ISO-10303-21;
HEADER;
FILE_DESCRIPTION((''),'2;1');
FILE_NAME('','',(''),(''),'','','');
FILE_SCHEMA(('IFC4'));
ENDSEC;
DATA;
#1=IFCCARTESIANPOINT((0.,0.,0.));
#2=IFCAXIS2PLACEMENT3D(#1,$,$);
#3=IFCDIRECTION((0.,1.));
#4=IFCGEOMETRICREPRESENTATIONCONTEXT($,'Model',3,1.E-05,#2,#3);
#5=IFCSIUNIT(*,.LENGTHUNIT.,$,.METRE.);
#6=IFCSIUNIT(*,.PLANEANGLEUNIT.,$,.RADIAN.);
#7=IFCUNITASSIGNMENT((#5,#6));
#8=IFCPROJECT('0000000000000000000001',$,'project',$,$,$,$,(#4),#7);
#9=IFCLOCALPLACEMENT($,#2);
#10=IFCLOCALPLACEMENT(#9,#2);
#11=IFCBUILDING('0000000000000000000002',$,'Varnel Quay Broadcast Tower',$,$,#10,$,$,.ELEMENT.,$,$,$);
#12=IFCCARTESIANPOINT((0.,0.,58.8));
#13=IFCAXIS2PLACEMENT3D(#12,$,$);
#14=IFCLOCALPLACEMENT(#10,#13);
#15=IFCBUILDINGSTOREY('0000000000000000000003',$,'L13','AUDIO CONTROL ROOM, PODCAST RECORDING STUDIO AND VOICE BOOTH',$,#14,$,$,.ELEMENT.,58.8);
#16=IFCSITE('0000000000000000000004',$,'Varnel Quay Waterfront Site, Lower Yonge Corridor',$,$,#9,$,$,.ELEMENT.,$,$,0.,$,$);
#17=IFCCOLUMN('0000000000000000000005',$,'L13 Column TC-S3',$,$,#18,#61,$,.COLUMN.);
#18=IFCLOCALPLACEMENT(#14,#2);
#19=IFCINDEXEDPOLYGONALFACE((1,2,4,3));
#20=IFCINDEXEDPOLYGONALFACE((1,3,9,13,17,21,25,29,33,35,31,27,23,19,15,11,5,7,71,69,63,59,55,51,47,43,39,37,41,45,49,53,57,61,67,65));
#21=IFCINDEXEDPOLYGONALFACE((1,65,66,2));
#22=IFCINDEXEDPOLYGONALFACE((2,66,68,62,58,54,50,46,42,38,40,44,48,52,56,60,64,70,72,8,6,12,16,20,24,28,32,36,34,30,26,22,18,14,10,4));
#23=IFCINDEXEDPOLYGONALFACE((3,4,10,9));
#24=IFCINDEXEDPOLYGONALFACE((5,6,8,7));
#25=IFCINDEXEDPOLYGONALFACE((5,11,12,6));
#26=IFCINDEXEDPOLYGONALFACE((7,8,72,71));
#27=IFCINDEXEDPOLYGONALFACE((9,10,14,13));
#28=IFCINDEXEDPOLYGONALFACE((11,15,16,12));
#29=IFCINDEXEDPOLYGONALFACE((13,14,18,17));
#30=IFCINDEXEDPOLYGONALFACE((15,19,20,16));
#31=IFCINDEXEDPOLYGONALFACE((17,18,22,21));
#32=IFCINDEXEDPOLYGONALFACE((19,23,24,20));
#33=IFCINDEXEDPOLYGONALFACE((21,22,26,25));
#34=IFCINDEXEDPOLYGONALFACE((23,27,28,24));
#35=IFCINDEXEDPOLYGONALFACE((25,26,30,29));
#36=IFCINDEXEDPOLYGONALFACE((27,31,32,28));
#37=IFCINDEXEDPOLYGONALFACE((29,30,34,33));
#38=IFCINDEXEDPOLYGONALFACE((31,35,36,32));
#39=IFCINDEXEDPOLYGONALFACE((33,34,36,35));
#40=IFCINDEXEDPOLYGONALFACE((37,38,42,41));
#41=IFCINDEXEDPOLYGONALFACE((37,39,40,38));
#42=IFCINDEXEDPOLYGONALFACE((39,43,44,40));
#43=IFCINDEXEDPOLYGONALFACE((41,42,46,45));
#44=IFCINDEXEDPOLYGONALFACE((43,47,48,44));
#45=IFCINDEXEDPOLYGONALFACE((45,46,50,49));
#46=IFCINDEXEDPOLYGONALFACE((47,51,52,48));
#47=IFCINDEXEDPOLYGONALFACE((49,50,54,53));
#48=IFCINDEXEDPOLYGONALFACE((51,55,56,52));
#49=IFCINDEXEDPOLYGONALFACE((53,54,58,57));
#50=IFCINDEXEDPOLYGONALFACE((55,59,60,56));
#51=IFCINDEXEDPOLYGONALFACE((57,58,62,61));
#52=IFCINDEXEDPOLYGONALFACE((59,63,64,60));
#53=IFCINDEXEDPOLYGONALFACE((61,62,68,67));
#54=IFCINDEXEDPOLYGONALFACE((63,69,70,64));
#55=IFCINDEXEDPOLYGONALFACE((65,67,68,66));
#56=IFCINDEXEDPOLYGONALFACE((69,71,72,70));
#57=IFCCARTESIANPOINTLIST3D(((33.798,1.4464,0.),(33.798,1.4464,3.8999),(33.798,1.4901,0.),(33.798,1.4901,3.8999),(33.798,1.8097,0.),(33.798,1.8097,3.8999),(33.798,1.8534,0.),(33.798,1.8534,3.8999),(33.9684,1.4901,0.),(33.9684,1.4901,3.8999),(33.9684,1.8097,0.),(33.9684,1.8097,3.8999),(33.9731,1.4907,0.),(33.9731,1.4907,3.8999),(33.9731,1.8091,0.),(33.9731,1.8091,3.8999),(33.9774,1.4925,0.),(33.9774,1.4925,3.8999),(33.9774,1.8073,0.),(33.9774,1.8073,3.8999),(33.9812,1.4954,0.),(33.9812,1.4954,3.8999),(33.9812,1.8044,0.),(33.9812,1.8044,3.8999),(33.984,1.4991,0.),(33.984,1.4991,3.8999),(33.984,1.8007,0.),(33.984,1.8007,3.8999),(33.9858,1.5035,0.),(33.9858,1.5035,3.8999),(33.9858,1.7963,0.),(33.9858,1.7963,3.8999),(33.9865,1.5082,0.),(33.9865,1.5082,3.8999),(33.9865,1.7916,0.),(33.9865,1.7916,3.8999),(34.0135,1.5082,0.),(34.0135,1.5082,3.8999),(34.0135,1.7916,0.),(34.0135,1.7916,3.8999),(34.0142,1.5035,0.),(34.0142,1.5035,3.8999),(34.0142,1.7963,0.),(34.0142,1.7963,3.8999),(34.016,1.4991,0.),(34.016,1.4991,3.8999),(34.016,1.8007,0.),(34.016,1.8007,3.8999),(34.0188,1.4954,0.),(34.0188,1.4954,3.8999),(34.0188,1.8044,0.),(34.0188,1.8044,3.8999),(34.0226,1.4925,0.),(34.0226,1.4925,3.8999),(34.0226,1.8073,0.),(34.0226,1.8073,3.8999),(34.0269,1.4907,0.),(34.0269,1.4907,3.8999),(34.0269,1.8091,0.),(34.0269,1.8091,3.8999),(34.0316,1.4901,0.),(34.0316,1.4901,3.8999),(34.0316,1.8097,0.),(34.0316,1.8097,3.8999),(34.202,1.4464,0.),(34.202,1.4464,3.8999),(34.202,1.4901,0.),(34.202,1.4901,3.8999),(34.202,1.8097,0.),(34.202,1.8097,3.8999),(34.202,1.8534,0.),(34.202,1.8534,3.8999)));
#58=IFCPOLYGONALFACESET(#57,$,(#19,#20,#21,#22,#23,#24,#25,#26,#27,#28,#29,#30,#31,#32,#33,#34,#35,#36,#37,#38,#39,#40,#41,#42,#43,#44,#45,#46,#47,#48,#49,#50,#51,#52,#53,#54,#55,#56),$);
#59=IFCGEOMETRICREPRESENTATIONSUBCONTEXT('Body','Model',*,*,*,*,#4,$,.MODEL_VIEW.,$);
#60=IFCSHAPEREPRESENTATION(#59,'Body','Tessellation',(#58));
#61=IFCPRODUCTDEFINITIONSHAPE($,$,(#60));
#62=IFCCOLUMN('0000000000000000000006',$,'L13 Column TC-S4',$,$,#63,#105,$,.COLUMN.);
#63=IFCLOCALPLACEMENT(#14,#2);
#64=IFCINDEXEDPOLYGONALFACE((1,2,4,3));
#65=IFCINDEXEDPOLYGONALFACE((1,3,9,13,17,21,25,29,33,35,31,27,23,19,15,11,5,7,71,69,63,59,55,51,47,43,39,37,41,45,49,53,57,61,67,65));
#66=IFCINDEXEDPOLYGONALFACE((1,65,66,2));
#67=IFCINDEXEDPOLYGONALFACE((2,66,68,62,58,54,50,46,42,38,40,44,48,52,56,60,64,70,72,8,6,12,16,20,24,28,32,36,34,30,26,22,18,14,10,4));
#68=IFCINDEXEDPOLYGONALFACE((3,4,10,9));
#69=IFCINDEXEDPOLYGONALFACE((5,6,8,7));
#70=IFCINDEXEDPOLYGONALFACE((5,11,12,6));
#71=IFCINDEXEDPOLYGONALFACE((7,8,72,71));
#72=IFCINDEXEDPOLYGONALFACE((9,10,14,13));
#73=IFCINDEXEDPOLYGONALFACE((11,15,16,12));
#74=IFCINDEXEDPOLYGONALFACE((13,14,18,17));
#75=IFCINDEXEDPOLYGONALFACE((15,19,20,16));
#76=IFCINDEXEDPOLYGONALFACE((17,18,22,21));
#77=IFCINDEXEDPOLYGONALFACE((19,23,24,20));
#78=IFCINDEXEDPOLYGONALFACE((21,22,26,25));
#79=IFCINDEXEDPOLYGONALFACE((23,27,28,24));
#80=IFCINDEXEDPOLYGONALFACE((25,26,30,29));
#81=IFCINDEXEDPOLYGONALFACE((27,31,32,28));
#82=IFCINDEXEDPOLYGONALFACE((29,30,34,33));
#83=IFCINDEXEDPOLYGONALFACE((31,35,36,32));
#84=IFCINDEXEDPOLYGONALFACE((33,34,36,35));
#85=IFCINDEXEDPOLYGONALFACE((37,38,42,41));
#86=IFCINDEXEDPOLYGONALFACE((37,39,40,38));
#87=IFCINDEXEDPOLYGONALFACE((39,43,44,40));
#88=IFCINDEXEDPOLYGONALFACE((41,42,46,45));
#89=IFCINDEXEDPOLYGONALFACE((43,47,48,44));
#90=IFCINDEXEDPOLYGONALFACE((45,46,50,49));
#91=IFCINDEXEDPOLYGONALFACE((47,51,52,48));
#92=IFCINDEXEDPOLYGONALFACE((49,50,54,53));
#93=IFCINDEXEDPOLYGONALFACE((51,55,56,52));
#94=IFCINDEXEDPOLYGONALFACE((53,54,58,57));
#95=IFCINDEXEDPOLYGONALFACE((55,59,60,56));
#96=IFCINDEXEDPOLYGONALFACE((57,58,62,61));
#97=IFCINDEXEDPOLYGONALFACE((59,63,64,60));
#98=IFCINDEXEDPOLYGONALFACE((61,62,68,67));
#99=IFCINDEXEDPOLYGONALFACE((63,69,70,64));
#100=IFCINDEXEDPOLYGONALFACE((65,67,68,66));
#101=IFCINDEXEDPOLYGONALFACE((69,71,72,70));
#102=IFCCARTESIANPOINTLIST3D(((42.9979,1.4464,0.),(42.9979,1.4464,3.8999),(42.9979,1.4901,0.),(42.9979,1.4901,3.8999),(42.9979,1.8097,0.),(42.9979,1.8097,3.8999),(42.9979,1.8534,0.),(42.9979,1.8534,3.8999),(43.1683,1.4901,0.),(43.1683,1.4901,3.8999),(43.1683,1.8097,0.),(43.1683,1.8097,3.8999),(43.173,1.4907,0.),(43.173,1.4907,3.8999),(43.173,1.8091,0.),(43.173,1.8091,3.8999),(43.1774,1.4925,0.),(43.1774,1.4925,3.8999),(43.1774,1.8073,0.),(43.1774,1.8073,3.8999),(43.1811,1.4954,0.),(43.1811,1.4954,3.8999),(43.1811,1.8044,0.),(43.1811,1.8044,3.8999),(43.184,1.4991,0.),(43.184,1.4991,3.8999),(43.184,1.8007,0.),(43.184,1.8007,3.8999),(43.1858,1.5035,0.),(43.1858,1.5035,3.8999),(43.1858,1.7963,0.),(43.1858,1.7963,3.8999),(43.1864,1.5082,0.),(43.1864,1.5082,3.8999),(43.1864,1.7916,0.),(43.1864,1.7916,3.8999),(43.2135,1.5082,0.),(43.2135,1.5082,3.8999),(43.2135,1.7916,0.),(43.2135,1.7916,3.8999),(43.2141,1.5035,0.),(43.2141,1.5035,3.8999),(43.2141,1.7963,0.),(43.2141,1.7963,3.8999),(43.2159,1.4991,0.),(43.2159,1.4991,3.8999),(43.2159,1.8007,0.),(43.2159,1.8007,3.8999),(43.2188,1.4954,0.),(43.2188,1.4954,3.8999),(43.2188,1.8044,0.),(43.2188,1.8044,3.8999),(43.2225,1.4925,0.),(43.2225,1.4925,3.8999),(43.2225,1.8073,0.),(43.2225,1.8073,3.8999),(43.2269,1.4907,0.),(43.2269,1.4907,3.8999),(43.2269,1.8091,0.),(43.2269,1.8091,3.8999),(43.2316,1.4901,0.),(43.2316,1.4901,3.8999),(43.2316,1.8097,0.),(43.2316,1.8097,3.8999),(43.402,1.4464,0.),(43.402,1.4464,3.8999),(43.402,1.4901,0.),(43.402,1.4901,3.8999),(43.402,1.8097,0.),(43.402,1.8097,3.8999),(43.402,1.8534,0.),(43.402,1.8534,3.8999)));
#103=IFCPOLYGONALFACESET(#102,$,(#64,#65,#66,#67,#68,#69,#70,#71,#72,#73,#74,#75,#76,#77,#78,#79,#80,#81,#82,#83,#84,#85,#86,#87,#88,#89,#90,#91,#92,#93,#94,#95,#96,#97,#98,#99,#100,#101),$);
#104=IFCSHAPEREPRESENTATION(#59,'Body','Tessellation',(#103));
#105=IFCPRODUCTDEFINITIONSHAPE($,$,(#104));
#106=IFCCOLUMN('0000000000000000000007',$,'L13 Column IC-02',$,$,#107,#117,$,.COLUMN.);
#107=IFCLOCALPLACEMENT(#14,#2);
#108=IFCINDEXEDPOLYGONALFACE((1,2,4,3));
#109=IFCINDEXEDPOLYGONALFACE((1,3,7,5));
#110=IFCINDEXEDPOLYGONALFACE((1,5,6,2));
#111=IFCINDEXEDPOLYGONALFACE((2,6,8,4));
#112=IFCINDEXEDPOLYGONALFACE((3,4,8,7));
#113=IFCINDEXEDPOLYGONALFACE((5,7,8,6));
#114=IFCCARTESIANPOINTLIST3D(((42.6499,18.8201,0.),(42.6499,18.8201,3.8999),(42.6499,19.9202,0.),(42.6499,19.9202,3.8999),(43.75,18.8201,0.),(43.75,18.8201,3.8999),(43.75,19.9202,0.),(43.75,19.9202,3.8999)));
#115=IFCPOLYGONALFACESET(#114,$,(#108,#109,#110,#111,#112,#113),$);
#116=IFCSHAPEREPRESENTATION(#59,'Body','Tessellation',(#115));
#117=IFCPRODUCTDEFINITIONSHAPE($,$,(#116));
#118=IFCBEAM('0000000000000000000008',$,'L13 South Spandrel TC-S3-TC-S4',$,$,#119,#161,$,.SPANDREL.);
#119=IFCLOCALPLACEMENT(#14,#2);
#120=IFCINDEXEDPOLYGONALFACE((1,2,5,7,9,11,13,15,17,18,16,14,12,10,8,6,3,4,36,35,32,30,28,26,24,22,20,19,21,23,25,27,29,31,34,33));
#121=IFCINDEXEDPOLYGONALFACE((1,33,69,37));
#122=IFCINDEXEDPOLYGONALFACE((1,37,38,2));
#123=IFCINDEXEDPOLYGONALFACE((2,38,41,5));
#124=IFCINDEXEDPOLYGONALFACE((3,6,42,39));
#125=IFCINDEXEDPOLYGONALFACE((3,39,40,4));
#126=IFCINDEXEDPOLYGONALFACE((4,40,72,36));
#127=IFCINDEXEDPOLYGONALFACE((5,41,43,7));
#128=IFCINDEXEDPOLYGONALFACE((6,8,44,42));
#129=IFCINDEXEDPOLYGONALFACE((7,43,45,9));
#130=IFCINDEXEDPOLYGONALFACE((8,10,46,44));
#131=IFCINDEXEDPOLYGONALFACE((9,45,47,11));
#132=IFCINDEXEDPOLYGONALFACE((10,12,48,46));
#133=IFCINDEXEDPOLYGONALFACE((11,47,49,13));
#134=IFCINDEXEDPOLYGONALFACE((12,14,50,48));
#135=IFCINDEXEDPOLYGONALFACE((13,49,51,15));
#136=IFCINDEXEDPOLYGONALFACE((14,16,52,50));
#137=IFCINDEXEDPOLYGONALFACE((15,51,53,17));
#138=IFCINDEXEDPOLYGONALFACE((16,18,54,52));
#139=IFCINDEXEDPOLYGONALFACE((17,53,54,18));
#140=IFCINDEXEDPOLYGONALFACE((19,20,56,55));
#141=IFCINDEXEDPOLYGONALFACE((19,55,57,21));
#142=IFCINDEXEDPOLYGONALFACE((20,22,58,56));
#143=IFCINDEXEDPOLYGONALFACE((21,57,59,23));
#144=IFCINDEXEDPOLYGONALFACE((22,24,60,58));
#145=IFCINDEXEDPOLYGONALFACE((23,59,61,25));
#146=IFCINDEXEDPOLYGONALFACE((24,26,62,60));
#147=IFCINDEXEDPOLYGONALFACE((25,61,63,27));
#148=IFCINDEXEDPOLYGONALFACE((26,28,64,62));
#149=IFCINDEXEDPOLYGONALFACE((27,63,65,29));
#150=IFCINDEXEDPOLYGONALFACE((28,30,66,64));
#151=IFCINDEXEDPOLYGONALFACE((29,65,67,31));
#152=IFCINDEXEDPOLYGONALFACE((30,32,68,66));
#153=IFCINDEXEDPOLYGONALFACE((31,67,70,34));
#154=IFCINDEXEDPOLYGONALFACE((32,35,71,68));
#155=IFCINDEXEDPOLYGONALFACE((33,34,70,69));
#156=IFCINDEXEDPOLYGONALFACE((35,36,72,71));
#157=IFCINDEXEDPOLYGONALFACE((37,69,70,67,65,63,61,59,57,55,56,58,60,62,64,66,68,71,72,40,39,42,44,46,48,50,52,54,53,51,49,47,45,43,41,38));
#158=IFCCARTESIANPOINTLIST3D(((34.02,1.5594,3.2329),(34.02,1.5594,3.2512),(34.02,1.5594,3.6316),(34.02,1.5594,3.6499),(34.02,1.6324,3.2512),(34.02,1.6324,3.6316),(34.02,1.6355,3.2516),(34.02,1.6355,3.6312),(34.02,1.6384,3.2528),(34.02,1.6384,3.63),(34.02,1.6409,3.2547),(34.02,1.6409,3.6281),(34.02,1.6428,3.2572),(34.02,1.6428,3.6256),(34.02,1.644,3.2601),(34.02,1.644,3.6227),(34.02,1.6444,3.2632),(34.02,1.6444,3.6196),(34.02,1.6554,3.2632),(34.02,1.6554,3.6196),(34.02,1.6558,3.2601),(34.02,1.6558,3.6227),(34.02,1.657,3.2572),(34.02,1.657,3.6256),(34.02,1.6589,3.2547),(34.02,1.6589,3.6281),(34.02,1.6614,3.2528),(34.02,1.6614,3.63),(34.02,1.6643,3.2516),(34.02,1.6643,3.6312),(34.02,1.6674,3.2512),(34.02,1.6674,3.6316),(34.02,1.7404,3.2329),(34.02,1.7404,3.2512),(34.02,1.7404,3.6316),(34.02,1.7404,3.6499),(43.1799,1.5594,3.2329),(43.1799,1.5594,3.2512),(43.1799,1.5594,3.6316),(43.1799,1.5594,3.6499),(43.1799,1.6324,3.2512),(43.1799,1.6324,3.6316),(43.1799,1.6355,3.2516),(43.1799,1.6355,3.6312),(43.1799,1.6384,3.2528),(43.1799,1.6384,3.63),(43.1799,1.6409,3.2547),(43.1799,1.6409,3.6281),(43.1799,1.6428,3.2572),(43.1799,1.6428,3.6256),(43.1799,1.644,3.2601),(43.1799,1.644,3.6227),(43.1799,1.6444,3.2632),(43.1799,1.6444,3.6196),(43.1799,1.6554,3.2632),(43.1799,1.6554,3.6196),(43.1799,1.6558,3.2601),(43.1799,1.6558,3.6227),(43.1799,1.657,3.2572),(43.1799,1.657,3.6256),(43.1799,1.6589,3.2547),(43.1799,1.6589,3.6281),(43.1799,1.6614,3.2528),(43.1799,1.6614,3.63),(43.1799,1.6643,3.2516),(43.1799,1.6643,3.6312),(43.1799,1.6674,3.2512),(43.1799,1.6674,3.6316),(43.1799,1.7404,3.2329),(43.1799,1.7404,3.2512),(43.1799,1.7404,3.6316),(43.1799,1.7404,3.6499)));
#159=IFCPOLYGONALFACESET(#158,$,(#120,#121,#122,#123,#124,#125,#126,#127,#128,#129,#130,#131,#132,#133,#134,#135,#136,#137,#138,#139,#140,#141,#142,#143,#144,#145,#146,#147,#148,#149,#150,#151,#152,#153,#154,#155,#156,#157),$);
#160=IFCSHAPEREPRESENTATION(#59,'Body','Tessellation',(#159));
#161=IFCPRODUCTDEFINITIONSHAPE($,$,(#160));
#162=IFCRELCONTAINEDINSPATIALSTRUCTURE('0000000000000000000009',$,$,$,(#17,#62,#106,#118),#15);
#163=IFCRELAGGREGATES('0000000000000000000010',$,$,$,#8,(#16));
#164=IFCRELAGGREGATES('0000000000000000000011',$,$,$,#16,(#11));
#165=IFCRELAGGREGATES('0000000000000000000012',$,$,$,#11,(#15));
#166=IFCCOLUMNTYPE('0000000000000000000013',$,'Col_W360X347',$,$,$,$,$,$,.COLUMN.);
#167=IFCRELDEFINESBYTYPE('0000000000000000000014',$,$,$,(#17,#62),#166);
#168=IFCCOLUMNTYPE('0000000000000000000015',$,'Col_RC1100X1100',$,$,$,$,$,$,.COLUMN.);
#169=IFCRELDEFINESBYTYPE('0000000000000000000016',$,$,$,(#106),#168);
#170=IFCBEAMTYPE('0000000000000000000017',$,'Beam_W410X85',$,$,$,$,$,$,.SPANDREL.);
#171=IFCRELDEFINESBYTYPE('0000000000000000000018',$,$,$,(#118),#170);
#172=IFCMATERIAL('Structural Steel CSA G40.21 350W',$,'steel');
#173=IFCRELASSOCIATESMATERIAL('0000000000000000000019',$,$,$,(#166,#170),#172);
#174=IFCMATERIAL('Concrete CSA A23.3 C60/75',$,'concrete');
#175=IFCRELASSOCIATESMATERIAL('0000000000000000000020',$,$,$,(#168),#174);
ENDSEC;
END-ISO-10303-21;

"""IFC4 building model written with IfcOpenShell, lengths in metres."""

from ifc_helpers import new_model, si_unit, direction, frame, origin, origin_2d, place, context, subcontext, project, spatial, rectangle, i_section, extrude, source, transform, mapped, material, material_profile, profile_set, type_object, type_shapes, element, save


model = new_model("IFC4")

# Units and contexts
model_context = context("Model", 3, precision=1e-05, world=origin(), true_north=direction((0.0, 1.0)))
body_context = subcontext(model_context, "Body", "Model", "MODEL_VIEW")
ifc_project = project(units=[si_unit("LENGTHUNIT", "METRE"), si_unit("PLANEANGLEUNIT", "RADIAN")], contexts=[model_context])

# Site, building, storey
site_placement = place(None, origin())
site = spatial("IfcSite", under=ifc_project, at=site_placement, Name="Varnel Quay Waterfront Site, Lower Yonge Corridor", CompositionType="ELEMENT", RefElevation=0.0)
building_placement = place(site_placement, origin())
building = spatial("IfcBuilding", under=site, at=building_placement, Name="Varnel Quay Broadcast Tower", CompositionType="ELEMENT")
storey_placement = place(building_placement, frame((0.0, 0.0, 58.8)))
storey = spatial("IfcBuildingStorey", under=building, at=storey_placement, Name="L13", Description="AUDIO CONTROL ROOM, PODCAST RECORDING STUDIO AND VOICE BOOTH", CompositionType="ELEMENT", Elevation=58.8)

# Columns
ifc_material_1 = material(Name="Structural Steel CSA G40.21 350W", Category="steel")
ifc_material_profile_1 = material_profile(ifc_material_1, i_section(OverallWidth=0.4041, OverallDepth=0.407, WebThickness=0.0271, FlangeThickness=0.0437, FilletRadius=0.0181, at=origin_2d()), Name="W360X347")
ifc_profile_set_1 = profile_set([ifc_material_profile_1], Name="Structural Steel CSA G40.21 350W")
column_type_1 = type_object("IfcColumnType", Name="Col_W360X347", PredefinedType="COLUMN", material=ifc_profile_set_1)
shared_shape_1 = source(origin(), body_context, "Body", "SweptSolid", [
    extrude(i_section(OverallWidth=0.4041, OverallDepth=0.407, WebThickness=0.0271, FlangeThickness=0.0437, FilletRadius=0.0181, at=origin_2d()), origin(), (0.0, 0.0, 1.0), 3.8999),
])
type_shapes(column_type_1, [shared_shape_1])
for number, where, z_axis, x_axis, name in (
    (1, (34.0, 1.6499, 0.0), (0.0, 0.0, 1.0), (1.0, 0.0, 0.0), "L13 Column TC-S3"),
    (2, (43.2, 1.6499, 0.0), (0.0, 0.0, 1.0), (1.0, 0.0, 0.0), "L13 Column TC-S4"),
):
    element("IfcColumn", number, at=place(storey_placement, frame(where, z_axis=z_axis, x_axis=x_axis)), inside=storey, type_object=column_type_1, Name=name, PredefinedType="COLUMN", context=body_context, shape_type="MappedRepresentation", body=[
        mapped(shared_shape_1, transform((0.0, 0.0, 0.0), x_axis=(1.0, 0.0, 0.0), y_axis=(0.0, 1.0, 0.0), z_axis=(0.0, 0.0, 1.0), scale=1.0)),
    ])
ifc_material_2 = material(Name="Concrete CSA A23.3 C60/75", Category="concrete")
ifc_material_profile_2 = material_profile(ifc_material_2, rectangle(XDim=1.1001, YDim=1.1001, at=origin_2d()), Name="RC1100X1100")
ifc_profile_set_2 = profile_set([ifc_material_profile_2], Name="Concrete CSA A23.3 C60/75")
column_type_2 = type_object("IfcColumnType", Name="Col_RC1100X1100", PredefinedType="COLUMN", material=ifc_profile_set_2)
shared_shape_2 = source(origin(), body_context, "Body", "SweptSolid", [
    extrude(rectangle(XDim=1.1001, YDim=1.1001, at=origin_2d()), origin(), (0.0, 0.0, 1.0), 3.8999),
])
type_shapes(column_type_2, [shared_shape_2])
column_placement = place(storey_placement, frame((43.2, 19.3701, 0.0), z_axis=(0.0, 0.0, 1.0), x_axis=(1.0, 0.0, 0.0)))
element("IfcColumn", 3, at=column_placement, inside=storey, type_object=column_type_2, Name="L13 Column IC-02", PredefinedType="COLUMN", context=body_context, shape_type="MappedRepresentation", body=[
    mapped(shared_shape_2, transform((0.0, 0.0, 0.0), x_axis=(1.0, 0.0, 0.0), y_axis=(0.0, 1.0, 0.0), z_axis=(0.0, 0.0, 1.0), scale=1.0)),
])

# Beam
ifc_material_profile_3 = material_profile(ifc_material_1, i_section(OverallWidth=0.1809, OverallDepth=0.417, WebThickness=0.011, FlangeThickness=0.0183, FilletRadius=0.012, at=origin_2d()), Name="W410X85")
ifc_profile_set_3 = profile_set([ifc_material_profile_3], Name="Structural Steel CSA G40.21 350W")
beam_type_1 = type_object("IfcBeamType", Name="Beam_W410X85", PredefinedType="SPANDREL", material=ifc_profile_set_3)
shared_shape_3 = source(origin(), body_context, "Body", "SweptSolid", [
    extrude(i_section(OverallWidth=0.1809, OverallDepth=0.417, WebThickness=0.011, FlangeThickness=0.0183, FilletRadius=0.012, at=origin_2d()), origin(), (0.0, 0.0, 1.0), 9.1599),
])
type_shapes(beam_type_1, [shared_shape_3])
for number, where, z_axis, x_axis, name in (
    (4, (34.02, 1.6499, 3.4414), (1.0, 0.0, 0.0), (0.0, 1.0, 0.0), "L13 South Spandrel TC-S3-TC-S4"),
):
    element("IfcBeam", number, at=place(storey_placement, frame(where, z_axis=z_axis, x_axis=x_axis)), inside=storey, type_object=beam_type_1, Name=name, PredefinedType="SPANDREL", context=body_context, shape_type="MappedRepresentation", body=[
        mapped(shared_shape_3, transform((0.0, 0.0, 0.0), x_axis=(1.0, 0.0, 0.0), y_axis=(0.0, 1.0, 0.0), z_axis=(0.0, 0.0, 1.0), scale=1.0)),
    ])

save(model, "model.ifc")
